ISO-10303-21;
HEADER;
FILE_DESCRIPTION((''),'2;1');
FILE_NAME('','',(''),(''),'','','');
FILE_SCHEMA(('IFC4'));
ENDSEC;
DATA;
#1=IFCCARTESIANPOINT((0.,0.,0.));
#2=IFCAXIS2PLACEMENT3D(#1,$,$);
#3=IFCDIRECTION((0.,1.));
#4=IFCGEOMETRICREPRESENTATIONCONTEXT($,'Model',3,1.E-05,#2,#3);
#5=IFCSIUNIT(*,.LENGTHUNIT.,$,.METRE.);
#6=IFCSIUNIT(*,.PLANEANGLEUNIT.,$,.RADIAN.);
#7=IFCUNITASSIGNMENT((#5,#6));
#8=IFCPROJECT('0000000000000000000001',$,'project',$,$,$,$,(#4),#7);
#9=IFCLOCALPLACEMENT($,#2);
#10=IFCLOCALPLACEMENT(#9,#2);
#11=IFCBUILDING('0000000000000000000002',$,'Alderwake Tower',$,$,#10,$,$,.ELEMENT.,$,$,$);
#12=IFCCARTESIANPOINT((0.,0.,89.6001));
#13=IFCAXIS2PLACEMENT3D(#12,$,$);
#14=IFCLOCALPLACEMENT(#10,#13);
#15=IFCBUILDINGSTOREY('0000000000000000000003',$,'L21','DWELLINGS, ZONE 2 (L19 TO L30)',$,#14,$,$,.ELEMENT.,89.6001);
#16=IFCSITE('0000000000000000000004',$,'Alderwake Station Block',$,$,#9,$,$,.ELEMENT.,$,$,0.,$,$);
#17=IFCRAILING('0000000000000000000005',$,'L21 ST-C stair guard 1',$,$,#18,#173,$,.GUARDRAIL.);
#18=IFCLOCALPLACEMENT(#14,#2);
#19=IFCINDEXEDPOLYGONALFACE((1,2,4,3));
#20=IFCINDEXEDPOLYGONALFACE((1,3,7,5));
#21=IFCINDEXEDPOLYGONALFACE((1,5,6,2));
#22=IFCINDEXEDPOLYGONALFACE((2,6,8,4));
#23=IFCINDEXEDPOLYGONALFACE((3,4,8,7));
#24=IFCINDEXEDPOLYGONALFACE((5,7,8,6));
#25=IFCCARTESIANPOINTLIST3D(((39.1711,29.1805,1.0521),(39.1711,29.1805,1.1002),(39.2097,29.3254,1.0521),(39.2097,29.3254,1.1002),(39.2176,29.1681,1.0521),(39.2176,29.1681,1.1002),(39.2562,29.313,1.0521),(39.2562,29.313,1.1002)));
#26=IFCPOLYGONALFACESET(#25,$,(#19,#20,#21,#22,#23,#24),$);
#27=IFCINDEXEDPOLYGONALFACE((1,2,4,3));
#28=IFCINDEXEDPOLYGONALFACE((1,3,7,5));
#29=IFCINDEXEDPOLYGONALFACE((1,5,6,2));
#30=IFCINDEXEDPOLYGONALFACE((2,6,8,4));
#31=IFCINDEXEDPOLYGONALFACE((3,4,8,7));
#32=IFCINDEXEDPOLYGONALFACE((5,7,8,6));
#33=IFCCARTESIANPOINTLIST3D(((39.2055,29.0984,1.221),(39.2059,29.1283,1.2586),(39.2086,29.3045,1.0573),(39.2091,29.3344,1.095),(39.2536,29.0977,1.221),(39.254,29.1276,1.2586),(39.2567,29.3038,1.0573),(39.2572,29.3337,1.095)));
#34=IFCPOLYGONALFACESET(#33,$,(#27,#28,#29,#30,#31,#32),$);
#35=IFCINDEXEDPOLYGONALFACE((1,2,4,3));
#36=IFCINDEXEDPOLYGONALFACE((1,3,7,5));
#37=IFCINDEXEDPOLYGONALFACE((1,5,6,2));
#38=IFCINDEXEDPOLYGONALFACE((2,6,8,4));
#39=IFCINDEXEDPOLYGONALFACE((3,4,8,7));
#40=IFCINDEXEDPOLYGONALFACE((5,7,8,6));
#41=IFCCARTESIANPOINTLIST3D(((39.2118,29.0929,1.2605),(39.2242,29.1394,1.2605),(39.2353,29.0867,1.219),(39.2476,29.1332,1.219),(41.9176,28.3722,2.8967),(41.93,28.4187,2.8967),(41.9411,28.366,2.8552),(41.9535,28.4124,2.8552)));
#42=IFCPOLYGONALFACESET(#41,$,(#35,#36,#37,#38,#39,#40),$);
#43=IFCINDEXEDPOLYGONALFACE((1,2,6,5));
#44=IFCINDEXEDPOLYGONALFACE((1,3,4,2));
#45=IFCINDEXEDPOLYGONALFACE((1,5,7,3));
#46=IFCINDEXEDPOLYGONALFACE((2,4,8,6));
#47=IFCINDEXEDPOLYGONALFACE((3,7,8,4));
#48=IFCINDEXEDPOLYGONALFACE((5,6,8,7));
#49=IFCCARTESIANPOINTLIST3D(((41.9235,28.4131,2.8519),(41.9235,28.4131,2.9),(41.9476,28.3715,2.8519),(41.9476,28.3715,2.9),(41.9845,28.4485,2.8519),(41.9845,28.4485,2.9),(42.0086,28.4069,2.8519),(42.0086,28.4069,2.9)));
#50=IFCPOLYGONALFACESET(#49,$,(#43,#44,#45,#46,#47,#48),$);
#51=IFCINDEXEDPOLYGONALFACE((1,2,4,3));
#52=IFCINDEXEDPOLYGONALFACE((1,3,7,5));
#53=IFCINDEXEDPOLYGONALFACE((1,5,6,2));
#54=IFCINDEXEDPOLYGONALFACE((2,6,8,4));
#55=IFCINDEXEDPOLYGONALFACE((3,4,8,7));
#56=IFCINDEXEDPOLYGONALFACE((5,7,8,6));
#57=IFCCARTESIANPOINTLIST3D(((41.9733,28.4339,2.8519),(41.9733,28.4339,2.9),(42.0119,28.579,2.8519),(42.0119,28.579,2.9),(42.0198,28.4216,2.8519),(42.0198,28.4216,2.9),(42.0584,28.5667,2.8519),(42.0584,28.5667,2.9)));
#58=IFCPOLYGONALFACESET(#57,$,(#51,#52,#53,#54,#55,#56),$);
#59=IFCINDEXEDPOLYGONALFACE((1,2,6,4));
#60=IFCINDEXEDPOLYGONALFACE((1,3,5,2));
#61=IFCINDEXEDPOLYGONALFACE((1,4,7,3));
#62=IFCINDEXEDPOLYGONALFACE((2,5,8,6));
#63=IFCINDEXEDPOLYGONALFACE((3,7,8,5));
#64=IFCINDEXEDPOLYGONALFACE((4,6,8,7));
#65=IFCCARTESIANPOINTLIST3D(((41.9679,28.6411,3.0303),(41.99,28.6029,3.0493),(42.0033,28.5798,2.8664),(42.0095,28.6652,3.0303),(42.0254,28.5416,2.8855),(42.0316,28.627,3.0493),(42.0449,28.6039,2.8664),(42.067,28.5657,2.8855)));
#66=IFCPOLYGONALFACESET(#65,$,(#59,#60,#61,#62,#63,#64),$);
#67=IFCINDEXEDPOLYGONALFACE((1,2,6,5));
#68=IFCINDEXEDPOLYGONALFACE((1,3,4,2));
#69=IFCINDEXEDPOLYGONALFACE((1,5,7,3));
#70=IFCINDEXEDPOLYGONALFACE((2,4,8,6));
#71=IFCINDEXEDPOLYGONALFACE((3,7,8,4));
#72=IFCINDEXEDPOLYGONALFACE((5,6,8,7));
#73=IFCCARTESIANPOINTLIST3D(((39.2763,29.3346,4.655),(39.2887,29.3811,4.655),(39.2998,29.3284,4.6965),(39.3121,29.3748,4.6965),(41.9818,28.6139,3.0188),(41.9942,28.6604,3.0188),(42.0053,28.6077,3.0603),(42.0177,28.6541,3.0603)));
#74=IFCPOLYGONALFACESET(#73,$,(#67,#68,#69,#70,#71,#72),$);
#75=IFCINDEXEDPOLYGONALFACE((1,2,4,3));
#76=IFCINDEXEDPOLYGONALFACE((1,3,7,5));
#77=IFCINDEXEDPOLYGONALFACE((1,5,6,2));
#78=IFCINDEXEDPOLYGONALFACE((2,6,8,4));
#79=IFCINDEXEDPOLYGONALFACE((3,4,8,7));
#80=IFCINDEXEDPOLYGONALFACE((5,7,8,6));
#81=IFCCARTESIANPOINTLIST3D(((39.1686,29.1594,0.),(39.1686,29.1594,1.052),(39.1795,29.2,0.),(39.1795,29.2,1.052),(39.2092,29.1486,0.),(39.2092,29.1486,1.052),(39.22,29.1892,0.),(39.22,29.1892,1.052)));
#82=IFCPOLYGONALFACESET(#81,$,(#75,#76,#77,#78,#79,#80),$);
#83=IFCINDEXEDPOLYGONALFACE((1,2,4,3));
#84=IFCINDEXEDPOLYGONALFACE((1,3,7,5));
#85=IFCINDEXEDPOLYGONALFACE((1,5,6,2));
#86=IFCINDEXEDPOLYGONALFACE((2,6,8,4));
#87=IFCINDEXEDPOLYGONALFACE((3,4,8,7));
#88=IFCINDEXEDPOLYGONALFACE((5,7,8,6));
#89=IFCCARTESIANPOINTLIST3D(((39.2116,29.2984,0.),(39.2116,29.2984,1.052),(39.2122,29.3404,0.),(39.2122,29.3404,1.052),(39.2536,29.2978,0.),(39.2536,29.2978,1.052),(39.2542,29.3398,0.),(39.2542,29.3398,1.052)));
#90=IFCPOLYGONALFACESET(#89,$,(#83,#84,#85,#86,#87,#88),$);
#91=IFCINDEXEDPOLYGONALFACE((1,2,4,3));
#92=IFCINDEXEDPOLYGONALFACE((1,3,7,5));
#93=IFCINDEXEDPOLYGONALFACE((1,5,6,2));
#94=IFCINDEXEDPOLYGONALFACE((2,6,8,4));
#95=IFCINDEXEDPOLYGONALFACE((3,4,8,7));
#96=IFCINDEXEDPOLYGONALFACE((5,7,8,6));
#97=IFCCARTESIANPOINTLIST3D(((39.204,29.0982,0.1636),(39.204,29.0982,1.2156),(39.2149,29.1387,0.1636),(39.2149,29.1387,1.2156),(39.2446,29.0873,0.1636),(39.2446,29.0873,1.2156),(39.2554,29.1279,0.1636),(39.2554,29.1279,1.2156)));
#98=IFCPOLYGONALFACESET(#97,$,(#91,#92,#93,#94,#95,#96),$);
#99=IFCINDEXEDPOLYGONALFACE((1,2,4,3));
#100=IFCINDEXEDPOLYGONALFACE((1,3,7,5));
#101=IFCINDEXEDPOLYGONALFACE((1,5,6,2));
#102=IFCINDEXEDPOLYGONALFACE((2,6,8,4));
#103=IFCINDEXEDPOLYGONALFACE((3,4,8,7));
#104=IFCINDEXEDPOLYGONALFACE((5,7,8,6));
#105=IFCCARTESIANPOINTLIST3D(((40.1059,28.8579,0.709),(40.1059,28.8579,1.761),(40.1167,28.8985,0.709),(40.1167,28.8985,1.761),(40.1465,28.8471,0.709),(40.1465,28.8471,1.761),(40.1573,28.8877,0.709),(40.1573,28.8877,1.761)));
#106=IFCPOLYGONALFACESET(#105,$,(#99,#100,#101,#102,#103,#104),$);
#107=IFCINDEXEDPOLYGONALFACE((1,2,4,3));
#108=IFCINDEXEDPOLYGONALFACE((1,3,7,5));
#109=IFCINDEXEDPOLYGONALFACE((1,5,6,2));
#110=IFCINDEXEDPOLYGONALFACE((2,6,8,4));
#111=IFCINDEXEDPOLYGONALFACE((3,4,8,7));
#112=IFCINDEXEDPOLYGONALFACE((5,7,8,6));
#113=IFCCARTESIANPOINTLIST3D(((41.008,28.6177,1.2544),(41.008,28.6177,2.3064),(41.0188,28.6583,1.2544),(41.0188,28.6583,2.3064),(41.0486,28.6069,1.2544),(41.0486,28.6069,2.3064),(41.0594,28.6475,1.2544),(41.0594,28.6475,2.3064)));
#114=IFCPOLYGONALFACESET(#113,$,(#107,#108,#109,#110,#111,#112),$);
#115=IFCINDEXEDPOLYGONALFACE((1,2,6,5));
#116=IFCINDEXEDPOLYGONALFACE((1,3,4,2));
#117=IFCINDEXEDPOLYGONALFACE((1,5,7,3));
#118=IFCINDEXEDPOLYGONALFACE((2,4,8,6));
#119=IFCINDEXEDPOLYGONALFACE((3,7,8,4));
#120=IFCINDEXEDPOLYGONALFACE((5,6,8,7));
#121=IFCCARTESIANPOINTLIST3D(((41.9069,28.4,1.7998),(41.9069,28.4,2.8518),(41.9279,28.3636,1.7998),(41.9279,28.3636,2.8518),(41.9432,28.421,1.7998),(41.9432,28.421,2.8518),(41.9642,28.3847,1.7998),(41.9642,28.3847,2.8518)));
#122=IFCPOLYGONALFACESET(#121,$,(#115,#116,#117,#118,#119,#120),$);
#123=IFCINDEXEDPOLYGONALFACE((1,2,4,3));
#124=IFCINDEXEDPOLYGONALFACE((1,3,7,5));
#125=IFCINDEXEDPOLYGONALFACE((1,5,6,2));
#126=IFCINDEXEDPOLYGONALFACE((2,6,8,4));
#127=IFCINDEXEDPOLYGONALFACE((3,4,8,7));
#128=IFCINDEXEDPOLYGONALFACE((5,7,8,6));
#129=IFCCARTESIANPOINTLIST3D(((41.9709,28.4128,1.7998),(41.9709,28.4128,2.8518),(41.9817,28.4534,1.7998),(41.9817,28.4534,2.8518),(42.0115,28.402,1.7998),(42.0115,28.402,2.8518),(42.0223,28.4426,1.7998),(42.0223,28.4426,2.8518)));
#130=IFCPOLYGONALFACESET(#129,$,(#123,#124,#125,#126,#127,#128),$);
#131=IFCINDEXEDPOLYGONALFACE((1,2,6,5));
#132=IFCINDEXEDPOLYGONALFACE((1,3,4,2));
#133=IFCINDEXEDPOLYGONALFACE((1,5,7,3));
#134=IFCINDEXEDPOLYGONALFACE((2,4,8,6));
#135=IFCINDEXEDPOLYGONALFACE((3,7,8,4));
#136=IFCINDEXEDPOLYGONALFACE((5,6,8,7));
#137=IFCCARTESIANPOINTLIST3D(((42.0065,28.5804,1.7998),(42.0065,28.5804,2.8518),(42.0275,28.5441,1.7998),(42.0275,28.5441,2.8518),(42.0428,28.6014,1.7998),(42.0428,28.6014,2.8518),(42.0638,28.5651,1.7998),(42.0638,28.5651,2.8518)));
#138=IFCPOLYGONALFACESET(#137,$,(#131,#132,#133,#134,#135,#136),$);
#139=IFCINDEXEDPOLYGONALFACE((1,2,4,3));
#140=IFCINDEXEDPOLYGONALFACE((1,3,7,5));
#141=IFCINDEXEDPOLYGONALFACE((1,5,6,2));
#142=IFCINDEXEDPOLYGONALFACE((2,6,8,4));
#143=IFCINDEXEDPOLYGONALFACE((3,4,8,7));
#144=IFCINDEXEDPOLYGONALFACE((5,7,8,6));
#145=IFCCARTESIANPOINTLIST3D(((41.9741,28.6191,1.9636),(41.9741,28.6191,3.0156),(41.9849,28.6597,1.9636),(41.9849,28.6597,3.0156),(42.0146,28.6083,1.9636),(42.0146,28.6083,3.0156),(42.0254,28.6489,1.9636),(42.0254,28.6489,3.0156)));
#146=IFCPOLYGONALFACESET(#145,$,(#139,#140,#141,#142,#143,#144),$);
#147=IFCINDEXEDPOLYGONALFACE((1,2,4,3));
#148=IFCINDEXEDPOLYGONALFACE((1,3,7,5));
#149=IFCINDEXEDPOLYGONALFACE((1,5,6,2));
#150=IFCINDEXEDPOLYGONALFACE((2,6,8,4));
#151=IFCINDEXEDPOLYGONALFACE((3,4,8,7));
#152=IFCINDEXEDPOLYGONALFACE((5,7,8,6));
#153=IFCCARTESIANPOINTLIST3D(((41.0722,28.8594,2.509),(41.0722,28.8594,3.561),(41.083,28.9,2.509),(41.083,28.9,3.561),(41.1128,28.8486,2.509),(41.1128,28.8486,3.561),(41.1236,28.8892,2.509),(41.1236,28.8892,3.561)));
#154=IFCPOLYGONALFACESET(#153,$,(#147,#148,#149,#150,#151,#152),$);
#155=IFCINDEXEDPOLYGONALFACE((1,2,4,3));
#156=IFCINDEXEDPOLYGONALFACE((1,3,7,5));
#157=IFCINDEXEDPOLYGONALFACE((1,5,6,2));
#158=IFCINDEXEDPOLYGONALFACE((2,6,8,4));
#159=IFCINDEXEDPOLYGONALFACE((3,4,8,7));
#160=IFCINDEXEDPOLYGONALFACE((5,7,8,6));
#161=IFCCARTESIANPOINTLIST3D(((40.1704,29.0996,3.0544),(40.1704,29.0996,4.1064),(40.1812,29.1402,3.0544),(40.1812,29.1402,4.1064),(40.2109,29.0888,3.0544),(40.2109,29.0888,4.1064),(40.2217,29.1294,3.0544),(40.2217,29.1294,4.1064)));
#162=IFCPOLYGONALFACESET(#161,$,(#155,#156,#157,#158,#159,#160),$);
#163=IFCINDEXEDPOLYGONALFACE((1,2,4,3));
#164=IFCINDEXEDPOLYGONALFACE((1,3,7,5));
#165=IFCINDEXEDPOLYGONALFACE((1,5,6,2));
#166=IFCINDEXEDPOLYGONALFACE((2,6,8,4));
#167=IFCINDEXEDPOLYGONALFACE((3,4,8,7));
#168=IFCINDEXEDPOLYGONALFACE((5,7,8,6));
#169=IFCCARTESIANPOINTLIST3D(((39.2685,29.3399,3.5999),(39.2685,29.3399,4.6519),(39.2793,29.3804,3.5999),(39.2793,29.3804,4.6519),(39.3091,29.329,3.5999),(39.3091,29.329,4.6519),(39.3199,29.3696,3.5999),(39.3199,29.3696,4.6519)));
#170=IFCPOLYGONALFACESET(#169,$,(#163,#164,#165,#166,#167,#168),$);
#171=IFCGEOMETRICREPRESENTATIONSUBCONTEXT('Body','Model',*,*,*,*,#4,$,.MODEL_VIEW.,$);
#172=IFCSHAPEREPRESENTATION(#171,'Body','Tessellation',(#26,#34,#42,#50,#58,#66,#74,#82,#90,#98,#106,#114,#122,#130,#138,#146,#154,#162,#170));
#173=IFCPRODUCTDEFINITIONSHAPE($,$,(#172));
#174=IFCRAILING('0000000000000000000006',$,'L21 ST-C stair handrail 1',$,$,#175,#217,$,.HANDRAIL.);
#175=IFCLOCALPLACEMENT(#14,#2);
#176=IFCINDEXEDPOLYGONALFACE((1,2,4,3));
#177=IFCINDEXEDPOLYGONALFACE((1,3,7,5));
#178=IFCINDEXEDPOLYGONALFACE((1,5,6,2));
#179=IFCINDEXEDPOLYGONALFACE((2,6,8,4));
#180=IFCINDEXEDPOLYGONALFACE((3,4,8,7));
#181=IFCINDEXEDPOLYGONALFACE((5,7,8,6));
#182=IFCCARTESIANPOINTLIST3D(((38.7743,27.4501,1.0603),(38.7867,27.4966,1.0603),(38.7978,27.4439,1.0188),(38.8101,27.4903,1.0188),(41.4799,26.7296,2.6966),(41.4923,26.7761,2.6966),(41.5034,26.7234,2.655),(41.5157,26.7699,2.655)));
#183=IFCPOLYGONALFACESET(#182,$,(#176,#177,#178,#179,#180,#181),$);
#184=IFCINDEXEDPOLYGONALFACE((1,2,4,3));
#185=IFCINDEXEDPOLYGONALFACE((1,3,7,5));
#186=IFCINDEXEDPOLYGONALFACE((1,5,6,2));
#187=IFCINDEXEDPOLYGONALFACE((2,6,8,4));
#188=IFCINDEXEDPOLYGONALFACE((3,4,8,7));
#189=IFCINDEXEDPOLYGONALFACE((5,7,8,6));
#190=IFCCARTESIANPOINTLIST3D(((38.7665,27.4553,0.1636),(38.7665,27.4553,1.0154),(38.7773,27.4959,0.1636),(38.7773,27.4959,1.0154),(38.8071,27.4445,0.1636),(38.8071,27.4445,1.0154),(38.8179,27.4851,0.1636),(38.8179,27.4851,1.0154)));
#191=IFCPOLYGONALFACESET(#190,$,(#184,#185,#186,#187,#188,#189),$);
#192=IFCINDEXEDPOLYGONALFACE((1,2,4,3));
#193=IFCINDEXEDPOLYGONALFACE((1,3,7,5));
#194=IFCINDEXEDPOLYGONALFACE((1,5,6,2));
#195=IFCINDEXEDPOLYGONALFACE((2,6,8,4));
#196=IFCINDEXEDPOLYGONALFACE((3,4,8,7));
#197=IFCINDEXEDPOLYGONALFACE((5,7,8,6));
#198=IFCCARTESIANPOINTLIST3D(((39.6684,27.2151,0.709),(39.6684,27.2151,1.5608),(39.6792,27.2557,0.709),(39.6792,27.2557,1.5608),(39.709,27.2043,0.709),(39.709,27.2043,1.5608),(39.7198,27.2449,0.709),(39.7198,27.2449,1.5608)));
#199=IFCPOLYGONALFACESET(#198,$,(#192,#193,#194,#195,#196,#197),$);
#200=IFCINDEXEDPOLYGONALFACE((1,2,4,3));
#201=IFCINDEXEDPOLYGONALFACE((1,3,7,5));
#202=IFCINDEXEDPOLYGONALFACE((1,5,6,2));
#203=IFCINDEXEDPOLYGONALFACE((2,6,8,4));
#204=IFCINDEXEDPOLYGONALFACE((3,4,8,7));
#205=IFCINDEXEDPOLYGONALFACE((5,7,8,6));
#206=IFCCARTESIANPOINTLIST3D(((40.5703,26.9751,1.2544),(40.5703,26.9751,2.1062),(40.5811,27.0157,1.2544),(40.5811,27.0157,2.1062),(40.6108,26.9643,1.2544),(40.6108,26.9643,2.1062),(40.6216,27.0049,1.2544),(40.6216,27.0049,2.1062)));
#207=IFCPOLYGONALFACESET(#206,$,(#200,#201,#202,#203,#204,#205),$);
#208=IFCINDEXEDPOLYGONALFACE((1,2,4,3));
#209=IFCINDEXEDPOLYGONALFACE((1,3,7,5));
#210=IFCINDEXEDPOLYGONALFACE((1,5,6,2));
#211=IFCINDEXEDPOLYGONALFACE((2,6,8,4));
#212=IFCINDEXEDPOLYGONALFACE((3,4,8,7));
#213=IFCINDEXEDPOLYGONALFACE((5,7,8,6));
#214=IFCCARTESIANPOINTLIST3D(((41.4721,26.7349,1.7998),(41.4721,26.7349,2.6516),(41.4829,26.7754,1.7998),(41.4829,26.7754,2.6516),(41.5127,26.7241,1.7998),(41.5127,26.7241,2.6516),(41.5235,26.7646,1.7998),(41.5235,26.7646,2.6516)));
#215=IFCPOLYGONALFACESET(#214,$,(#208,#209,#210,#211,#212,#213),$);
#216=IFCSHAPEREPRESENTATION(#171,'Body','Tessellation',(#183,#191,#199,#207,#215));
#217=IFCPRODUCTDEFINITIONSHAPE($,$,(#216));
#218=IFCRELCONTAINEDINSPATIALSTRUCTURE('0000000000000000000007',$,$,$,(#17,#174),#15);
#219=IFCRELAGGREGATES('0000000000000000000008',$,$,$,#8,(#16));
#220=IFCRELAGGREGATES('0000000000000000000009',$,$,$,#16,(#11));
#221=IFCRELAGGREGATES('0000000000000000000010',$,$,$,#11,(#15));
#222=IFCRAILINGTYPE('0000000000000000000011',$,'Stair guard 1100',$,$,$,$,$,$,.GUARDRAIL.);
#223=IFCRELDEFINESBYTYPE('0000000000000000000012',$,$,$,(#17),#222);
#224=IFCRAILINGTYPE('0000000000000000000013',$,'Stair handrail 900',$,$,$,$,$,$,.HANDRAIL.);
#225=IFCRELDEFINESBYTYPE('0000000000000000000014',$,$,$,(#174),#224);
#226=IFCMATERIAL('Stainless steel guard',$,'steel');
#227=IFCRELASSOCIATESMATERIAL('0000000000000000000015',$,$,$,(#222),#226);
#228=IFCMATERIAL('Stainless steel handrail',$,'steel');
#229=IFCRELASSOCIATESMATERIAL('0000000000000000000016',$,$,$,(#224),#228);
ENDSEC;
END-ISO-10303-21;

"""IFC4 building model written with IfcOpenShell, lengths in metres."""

from ifc_helpers import new_model, si_unit, direction, frame, origin, origin_2d, place, context, subcontext, project, spatial, rectangle, extrude, material, type_object, element, save


model = new_model("IFC4")

# Units and contexts
model_context = context("Model", 3, precision=1e-05, world=origin(), true_north=direction((0.0, 1.0)))
body_context = subcontext(model_context, "Body", "Model", "MODEL_VIEW")
ifc_project = project(units=[si_unit("LENGTHUNIT", "METRE"), si_unit("PLANEANGLEUNIT", "RADIAN")], contexts=[model_context])

# Site, building, storey
site_placement = place(None, origin())
site = spatial("IfcSite", under=ifc_project, at=site_placement, Name="Alderwake Station Block", CompositionType="ELEMENT", RefElevation=0.0)
building_placement = place(site_placement, origin())
building = spatial("IfcBuilding", under=site, at=building_placement, Name="Alderwake Tower", CompositionType="ELEMENT")
storey_placement = place(building_placement, frame((0.0, 0.0, 89.6001)))
storey = spatial("IfcBuildingStorey", under=building, at=storey_placement, Name="L21", Description="DWELLINGS, ZONE 2 (L19 TO L30)", CompositionType="ELEMENT", Elevation=89.6001)

# Railings
ifc_material_1 = material(Name="Stainless steel guard", Category="steel")
railing_type_1 = type_object("IfcRailingType", Name="Stair guard 1100", PredefinedType="GUARDRAIL", material=ifc_material_1)
railing_1_placement = place(storey_placement, frame((39.1943, 29.1743, 0.0)))
element("IfcRailing", 1, at=railing_1_placement, inside=storey, type_object=railing_type_1, Name="L21 ST-C stair guard 1", PredefinedType="GUARDRAIL", context=body_context, shape_type="SweptSolid", body=[
    extrude(rectangle(XDim=0.0481, YDim=0.0481, at=origin_2d()), frame((0.0, 0.0, 1.0762), z_axis=(0.25746, 0.966289, 0.0), x_axis=(-0.966289, 0.25746, 0.0)), (0.0, 0.0, 1.0), 0.1499),
    extrude(rectangle(XDim=0.0481, YDim=0.0481, at=origin_2d()), frame((0.0386, 0.1448, 1.0762), z_axis=(-0.012063, -0.78316, 0.621703), x_axis=(0.999881, -0.015401, 0.0)), (0.0, 0.0, 1.0), 0.2632),
    extrude(rectangle(XDim=0.0481, YDim=0.0481, at=origin_2d()), frame((0.0354, -0.0613, 1.2397), z_axis=(0.834314, -0.222223, 0.504518), x_axis=(0.25738, 0.96631, 0.0)), (0.0, 0.0, 1.0), 3.2432),
    extrude(rectangle(XDim=0.0481, YDim=0.0481, at=origin_2d()), frame((2.7412, -0.782, 2.876), z_axis=(0.865031, 0.501718, 0.0), x_axis=(-0.501718, 0.865031, 0.0)), (0.0, 0.0, 1.0), 0.0706),
    extrude(rectangle(XDim=0.0481, YDim=0.0481, at=origin_2d()), frame((2.8022, -0.7466, 2.876), z_axis=(0.257055, 0.966397, 0.0), x_axis=(-0.966397, 0.257055, 0.0)), (0.0, 0.0, 1.0), 0.1501),
    extrude(rectangle(XDim=0.0481, YDim=0.0481, at=origin_2d()), frame((2.8408, -0.6016, 2.876), z_axis=(-0.198376, 0.343395, 0.918001), x_axis=(-0.865898, -0.50022, 0.0)), (0.0, 0.0, 1.0), 0.1785),
    extrude(rectangle(XDim=0.0481, YDim=0.0481, at=origin_2d()), frame((2.8054, -0.5403, 3.0396), z_axis=(-0.834291, 0.222237, 0.504549), x_axis=(-0.257402, -0.966304, 0.0)), (0.0, 0.0, 1.0), 3.2429),
    extrude(rectangle(XDim=0.042, YDim=0.042, at=origin_2d()), frame((0.0, 0.0, 0.0), z_axis=(0.0, 0.0, 1.0), x_axis=(0.25746, 0.966289, 0.0)), (0.0, 0.0, 1.0), 1.052),
    extrude(rectangle(XDim=0.042, YDim=0.042, at=origin_2d()), frame((0.0386, 0.1448, 0.0), z_axis=(0.0, 0.0, 1.0), x_axis=(-0.015401, -0.999881, 0.0)), (0.0, 0.0, 1.0), 1.052),
    extrude(rectangle(XDim=0.042, YDim=0.042, at=origin_2d()), frame((0.0354, -0.0613, 0.1636), z_axis=(0.0, 0.0, 1.0), x_axis=(0.96631, -0.25738, 0.0)), (0.0, 0.0, 1.0), 1.052),
    extrude(rectangle(XDim=0.042, YDim=0.042, at=origin_2d()), frame((0.9373, -0.3015, 0.709), z_axis=(0.0, 0.0, 1.0), x_axis=(0.96631, -0.25738, 0.0)), (0.0, 0.0, 1.0), 1.052),
    extrude(rectangle(XDim=0.042, YDim=0.042, at=origin_2d()), frame((1.8394, -0.5417, 1.2544), z_axis=(0.0, 0.0, 1.0), x_axis=(0.96631, -0.25738, 0.0)), (0.0, 0.0, 1.0), 1.052),
    extrude(rectangle(XDim=0.042, YDim=0.042, at=origin_2d()), frame((2.7412, -0.782, 1.7998), z_axis=(0.0, 0.0, 1.0), x_axis=(0.865031, 0.501718, 0.0)), (0.0, 0.0, 1.0), 1.052),
    extrude(rectangle(XDim=0.042, YDim=0.042, at=origin_2d()), frame((2.8022, -0.7466, 1.7998), z_axis=(0.0, 0.0, 1.0), x_axis=(0.257055, 0.966397, 0.0)), (0.0, 0.0, 1.0), 1.052),
    extrude(rectangle(XDim=0.042, YDim=0.042, at=origin_2d()), frame((2.8408, -0.6016, 1.7998), z_axis=(0.0, 0.0, 1.0), x_axis=(-0.50022, 0.865898, 0.0)), (0.0, 0.0, 1.0), 1.052),
    extrude(rectangle(XDim=0.042, YDim=0.042, at=origin_2d()), frame((2.8054, -0.5403, 1.9636), z_axis=(0.0, 0.0, 1.0), x_axis=(-0.966304, 0.257402, 0.0)), (0.0, 0.0, 1.0), 1.052),
    extrude(rectangle(XDim=0.042, YDim=0.042, at=origin_2d()), frame((1.9036, -0.3, 2.509), z_axis=(0.0, 0.0, 1.0), x_axis=(-0.966304, 0.257402, 0.0)), (0.0, 0.0, 1.0), 1.052),
    extrude(rectangle(XDim=0.042, YDim=0.042, at=origin_2d()), frame((1.0017, -0.0598, 3.0544), z_axis=(0.0, 0.0, 1.0), x_axis=(-0.966304, 0.257402, 0.0)), (0.0, 0.0, 1.0), 1.052),
    extrude(rectangle(XDim=0.042, YDim=0.042, at=origin_2d()), frame((0.0999, 0.1804, 3.5999), z_axis=(0.0, 0.0, 1.0), x_axis=(-0.966304, 0.257402, 0.0)), (0.0, 0.0, 1.0), 1.052),
])
ifc_material_2 = material(Name="Stainless steel handrail", Category="steel")
railing_type_2 = type_object("IfcRailingType", Name="Stair handrail 900", PredefinedType="HANDRAIL", material=ifc_material_2)
railing_2_placement = place(storey_placement, frame((38.7922, 27.4702, 0.1636)))
element("IfcRailing", 2, at=railing_2_placement, inside=storey, type_object=railing_type_2, Name="L21 ST-C stair handrail 1", PredefinedType="HANDRAIL", context=body_context, shape_type="SweptSolid", body=[
    extrude(rectangle(XDim=0.0481, YDim=0.0481, at=origin_2d()), frame((0.0, 0.0, 0.876), z_axis=(0.834305, -0.222165, 0.504558), x_axis=(0.257321, 0.966326, 0.0)), (0.0, 0.0, 1.0), 3.2429),
    extrude(rectangle(XDim=0.042, YDim=0.042, at=origin_2d()), frame((0.0, 0.0, 0.0), z_axis=(0.0, 0.0, 1.0), x_axis=(0.966326, -0.257321, 0.0)), (0.0, 0.0, 1.0), 0.8518),
    extrude(rectangle(XDim=0.042, YDim=0.042, at=origin_2d()), frame((0.9019, -0.2402, 0.5454), z_axis=(0.0, 0.0, 1.0), x_axis=(0.966326, -0.257321, 0.0)), (0.0, 0.0, 1.0), 0.8518),
    extrude(rectangle(XDim=0.042, YDim=0.042, at=origin_2d()), frame((1.8037, -0.4802, 1.0908), z_axis=(0.0, 0.0, 1.0), x_axis=(0.966326, -0.257321, 0.0)), (0.0, 0.0, 1.0), 0.8518),
    extrude(rectangle(XDim=0.042, YDim=0.042, at=origin_2d()), frame((2.7056, -0.7205, 1.6362), z_axis=(0.0, 0.0, 1.0), x_axis=(0.966326, -0.257321, 0.0)), (0.0, 0.0, 1.0), 0.8518),
])

save(model, "model.ifc")
